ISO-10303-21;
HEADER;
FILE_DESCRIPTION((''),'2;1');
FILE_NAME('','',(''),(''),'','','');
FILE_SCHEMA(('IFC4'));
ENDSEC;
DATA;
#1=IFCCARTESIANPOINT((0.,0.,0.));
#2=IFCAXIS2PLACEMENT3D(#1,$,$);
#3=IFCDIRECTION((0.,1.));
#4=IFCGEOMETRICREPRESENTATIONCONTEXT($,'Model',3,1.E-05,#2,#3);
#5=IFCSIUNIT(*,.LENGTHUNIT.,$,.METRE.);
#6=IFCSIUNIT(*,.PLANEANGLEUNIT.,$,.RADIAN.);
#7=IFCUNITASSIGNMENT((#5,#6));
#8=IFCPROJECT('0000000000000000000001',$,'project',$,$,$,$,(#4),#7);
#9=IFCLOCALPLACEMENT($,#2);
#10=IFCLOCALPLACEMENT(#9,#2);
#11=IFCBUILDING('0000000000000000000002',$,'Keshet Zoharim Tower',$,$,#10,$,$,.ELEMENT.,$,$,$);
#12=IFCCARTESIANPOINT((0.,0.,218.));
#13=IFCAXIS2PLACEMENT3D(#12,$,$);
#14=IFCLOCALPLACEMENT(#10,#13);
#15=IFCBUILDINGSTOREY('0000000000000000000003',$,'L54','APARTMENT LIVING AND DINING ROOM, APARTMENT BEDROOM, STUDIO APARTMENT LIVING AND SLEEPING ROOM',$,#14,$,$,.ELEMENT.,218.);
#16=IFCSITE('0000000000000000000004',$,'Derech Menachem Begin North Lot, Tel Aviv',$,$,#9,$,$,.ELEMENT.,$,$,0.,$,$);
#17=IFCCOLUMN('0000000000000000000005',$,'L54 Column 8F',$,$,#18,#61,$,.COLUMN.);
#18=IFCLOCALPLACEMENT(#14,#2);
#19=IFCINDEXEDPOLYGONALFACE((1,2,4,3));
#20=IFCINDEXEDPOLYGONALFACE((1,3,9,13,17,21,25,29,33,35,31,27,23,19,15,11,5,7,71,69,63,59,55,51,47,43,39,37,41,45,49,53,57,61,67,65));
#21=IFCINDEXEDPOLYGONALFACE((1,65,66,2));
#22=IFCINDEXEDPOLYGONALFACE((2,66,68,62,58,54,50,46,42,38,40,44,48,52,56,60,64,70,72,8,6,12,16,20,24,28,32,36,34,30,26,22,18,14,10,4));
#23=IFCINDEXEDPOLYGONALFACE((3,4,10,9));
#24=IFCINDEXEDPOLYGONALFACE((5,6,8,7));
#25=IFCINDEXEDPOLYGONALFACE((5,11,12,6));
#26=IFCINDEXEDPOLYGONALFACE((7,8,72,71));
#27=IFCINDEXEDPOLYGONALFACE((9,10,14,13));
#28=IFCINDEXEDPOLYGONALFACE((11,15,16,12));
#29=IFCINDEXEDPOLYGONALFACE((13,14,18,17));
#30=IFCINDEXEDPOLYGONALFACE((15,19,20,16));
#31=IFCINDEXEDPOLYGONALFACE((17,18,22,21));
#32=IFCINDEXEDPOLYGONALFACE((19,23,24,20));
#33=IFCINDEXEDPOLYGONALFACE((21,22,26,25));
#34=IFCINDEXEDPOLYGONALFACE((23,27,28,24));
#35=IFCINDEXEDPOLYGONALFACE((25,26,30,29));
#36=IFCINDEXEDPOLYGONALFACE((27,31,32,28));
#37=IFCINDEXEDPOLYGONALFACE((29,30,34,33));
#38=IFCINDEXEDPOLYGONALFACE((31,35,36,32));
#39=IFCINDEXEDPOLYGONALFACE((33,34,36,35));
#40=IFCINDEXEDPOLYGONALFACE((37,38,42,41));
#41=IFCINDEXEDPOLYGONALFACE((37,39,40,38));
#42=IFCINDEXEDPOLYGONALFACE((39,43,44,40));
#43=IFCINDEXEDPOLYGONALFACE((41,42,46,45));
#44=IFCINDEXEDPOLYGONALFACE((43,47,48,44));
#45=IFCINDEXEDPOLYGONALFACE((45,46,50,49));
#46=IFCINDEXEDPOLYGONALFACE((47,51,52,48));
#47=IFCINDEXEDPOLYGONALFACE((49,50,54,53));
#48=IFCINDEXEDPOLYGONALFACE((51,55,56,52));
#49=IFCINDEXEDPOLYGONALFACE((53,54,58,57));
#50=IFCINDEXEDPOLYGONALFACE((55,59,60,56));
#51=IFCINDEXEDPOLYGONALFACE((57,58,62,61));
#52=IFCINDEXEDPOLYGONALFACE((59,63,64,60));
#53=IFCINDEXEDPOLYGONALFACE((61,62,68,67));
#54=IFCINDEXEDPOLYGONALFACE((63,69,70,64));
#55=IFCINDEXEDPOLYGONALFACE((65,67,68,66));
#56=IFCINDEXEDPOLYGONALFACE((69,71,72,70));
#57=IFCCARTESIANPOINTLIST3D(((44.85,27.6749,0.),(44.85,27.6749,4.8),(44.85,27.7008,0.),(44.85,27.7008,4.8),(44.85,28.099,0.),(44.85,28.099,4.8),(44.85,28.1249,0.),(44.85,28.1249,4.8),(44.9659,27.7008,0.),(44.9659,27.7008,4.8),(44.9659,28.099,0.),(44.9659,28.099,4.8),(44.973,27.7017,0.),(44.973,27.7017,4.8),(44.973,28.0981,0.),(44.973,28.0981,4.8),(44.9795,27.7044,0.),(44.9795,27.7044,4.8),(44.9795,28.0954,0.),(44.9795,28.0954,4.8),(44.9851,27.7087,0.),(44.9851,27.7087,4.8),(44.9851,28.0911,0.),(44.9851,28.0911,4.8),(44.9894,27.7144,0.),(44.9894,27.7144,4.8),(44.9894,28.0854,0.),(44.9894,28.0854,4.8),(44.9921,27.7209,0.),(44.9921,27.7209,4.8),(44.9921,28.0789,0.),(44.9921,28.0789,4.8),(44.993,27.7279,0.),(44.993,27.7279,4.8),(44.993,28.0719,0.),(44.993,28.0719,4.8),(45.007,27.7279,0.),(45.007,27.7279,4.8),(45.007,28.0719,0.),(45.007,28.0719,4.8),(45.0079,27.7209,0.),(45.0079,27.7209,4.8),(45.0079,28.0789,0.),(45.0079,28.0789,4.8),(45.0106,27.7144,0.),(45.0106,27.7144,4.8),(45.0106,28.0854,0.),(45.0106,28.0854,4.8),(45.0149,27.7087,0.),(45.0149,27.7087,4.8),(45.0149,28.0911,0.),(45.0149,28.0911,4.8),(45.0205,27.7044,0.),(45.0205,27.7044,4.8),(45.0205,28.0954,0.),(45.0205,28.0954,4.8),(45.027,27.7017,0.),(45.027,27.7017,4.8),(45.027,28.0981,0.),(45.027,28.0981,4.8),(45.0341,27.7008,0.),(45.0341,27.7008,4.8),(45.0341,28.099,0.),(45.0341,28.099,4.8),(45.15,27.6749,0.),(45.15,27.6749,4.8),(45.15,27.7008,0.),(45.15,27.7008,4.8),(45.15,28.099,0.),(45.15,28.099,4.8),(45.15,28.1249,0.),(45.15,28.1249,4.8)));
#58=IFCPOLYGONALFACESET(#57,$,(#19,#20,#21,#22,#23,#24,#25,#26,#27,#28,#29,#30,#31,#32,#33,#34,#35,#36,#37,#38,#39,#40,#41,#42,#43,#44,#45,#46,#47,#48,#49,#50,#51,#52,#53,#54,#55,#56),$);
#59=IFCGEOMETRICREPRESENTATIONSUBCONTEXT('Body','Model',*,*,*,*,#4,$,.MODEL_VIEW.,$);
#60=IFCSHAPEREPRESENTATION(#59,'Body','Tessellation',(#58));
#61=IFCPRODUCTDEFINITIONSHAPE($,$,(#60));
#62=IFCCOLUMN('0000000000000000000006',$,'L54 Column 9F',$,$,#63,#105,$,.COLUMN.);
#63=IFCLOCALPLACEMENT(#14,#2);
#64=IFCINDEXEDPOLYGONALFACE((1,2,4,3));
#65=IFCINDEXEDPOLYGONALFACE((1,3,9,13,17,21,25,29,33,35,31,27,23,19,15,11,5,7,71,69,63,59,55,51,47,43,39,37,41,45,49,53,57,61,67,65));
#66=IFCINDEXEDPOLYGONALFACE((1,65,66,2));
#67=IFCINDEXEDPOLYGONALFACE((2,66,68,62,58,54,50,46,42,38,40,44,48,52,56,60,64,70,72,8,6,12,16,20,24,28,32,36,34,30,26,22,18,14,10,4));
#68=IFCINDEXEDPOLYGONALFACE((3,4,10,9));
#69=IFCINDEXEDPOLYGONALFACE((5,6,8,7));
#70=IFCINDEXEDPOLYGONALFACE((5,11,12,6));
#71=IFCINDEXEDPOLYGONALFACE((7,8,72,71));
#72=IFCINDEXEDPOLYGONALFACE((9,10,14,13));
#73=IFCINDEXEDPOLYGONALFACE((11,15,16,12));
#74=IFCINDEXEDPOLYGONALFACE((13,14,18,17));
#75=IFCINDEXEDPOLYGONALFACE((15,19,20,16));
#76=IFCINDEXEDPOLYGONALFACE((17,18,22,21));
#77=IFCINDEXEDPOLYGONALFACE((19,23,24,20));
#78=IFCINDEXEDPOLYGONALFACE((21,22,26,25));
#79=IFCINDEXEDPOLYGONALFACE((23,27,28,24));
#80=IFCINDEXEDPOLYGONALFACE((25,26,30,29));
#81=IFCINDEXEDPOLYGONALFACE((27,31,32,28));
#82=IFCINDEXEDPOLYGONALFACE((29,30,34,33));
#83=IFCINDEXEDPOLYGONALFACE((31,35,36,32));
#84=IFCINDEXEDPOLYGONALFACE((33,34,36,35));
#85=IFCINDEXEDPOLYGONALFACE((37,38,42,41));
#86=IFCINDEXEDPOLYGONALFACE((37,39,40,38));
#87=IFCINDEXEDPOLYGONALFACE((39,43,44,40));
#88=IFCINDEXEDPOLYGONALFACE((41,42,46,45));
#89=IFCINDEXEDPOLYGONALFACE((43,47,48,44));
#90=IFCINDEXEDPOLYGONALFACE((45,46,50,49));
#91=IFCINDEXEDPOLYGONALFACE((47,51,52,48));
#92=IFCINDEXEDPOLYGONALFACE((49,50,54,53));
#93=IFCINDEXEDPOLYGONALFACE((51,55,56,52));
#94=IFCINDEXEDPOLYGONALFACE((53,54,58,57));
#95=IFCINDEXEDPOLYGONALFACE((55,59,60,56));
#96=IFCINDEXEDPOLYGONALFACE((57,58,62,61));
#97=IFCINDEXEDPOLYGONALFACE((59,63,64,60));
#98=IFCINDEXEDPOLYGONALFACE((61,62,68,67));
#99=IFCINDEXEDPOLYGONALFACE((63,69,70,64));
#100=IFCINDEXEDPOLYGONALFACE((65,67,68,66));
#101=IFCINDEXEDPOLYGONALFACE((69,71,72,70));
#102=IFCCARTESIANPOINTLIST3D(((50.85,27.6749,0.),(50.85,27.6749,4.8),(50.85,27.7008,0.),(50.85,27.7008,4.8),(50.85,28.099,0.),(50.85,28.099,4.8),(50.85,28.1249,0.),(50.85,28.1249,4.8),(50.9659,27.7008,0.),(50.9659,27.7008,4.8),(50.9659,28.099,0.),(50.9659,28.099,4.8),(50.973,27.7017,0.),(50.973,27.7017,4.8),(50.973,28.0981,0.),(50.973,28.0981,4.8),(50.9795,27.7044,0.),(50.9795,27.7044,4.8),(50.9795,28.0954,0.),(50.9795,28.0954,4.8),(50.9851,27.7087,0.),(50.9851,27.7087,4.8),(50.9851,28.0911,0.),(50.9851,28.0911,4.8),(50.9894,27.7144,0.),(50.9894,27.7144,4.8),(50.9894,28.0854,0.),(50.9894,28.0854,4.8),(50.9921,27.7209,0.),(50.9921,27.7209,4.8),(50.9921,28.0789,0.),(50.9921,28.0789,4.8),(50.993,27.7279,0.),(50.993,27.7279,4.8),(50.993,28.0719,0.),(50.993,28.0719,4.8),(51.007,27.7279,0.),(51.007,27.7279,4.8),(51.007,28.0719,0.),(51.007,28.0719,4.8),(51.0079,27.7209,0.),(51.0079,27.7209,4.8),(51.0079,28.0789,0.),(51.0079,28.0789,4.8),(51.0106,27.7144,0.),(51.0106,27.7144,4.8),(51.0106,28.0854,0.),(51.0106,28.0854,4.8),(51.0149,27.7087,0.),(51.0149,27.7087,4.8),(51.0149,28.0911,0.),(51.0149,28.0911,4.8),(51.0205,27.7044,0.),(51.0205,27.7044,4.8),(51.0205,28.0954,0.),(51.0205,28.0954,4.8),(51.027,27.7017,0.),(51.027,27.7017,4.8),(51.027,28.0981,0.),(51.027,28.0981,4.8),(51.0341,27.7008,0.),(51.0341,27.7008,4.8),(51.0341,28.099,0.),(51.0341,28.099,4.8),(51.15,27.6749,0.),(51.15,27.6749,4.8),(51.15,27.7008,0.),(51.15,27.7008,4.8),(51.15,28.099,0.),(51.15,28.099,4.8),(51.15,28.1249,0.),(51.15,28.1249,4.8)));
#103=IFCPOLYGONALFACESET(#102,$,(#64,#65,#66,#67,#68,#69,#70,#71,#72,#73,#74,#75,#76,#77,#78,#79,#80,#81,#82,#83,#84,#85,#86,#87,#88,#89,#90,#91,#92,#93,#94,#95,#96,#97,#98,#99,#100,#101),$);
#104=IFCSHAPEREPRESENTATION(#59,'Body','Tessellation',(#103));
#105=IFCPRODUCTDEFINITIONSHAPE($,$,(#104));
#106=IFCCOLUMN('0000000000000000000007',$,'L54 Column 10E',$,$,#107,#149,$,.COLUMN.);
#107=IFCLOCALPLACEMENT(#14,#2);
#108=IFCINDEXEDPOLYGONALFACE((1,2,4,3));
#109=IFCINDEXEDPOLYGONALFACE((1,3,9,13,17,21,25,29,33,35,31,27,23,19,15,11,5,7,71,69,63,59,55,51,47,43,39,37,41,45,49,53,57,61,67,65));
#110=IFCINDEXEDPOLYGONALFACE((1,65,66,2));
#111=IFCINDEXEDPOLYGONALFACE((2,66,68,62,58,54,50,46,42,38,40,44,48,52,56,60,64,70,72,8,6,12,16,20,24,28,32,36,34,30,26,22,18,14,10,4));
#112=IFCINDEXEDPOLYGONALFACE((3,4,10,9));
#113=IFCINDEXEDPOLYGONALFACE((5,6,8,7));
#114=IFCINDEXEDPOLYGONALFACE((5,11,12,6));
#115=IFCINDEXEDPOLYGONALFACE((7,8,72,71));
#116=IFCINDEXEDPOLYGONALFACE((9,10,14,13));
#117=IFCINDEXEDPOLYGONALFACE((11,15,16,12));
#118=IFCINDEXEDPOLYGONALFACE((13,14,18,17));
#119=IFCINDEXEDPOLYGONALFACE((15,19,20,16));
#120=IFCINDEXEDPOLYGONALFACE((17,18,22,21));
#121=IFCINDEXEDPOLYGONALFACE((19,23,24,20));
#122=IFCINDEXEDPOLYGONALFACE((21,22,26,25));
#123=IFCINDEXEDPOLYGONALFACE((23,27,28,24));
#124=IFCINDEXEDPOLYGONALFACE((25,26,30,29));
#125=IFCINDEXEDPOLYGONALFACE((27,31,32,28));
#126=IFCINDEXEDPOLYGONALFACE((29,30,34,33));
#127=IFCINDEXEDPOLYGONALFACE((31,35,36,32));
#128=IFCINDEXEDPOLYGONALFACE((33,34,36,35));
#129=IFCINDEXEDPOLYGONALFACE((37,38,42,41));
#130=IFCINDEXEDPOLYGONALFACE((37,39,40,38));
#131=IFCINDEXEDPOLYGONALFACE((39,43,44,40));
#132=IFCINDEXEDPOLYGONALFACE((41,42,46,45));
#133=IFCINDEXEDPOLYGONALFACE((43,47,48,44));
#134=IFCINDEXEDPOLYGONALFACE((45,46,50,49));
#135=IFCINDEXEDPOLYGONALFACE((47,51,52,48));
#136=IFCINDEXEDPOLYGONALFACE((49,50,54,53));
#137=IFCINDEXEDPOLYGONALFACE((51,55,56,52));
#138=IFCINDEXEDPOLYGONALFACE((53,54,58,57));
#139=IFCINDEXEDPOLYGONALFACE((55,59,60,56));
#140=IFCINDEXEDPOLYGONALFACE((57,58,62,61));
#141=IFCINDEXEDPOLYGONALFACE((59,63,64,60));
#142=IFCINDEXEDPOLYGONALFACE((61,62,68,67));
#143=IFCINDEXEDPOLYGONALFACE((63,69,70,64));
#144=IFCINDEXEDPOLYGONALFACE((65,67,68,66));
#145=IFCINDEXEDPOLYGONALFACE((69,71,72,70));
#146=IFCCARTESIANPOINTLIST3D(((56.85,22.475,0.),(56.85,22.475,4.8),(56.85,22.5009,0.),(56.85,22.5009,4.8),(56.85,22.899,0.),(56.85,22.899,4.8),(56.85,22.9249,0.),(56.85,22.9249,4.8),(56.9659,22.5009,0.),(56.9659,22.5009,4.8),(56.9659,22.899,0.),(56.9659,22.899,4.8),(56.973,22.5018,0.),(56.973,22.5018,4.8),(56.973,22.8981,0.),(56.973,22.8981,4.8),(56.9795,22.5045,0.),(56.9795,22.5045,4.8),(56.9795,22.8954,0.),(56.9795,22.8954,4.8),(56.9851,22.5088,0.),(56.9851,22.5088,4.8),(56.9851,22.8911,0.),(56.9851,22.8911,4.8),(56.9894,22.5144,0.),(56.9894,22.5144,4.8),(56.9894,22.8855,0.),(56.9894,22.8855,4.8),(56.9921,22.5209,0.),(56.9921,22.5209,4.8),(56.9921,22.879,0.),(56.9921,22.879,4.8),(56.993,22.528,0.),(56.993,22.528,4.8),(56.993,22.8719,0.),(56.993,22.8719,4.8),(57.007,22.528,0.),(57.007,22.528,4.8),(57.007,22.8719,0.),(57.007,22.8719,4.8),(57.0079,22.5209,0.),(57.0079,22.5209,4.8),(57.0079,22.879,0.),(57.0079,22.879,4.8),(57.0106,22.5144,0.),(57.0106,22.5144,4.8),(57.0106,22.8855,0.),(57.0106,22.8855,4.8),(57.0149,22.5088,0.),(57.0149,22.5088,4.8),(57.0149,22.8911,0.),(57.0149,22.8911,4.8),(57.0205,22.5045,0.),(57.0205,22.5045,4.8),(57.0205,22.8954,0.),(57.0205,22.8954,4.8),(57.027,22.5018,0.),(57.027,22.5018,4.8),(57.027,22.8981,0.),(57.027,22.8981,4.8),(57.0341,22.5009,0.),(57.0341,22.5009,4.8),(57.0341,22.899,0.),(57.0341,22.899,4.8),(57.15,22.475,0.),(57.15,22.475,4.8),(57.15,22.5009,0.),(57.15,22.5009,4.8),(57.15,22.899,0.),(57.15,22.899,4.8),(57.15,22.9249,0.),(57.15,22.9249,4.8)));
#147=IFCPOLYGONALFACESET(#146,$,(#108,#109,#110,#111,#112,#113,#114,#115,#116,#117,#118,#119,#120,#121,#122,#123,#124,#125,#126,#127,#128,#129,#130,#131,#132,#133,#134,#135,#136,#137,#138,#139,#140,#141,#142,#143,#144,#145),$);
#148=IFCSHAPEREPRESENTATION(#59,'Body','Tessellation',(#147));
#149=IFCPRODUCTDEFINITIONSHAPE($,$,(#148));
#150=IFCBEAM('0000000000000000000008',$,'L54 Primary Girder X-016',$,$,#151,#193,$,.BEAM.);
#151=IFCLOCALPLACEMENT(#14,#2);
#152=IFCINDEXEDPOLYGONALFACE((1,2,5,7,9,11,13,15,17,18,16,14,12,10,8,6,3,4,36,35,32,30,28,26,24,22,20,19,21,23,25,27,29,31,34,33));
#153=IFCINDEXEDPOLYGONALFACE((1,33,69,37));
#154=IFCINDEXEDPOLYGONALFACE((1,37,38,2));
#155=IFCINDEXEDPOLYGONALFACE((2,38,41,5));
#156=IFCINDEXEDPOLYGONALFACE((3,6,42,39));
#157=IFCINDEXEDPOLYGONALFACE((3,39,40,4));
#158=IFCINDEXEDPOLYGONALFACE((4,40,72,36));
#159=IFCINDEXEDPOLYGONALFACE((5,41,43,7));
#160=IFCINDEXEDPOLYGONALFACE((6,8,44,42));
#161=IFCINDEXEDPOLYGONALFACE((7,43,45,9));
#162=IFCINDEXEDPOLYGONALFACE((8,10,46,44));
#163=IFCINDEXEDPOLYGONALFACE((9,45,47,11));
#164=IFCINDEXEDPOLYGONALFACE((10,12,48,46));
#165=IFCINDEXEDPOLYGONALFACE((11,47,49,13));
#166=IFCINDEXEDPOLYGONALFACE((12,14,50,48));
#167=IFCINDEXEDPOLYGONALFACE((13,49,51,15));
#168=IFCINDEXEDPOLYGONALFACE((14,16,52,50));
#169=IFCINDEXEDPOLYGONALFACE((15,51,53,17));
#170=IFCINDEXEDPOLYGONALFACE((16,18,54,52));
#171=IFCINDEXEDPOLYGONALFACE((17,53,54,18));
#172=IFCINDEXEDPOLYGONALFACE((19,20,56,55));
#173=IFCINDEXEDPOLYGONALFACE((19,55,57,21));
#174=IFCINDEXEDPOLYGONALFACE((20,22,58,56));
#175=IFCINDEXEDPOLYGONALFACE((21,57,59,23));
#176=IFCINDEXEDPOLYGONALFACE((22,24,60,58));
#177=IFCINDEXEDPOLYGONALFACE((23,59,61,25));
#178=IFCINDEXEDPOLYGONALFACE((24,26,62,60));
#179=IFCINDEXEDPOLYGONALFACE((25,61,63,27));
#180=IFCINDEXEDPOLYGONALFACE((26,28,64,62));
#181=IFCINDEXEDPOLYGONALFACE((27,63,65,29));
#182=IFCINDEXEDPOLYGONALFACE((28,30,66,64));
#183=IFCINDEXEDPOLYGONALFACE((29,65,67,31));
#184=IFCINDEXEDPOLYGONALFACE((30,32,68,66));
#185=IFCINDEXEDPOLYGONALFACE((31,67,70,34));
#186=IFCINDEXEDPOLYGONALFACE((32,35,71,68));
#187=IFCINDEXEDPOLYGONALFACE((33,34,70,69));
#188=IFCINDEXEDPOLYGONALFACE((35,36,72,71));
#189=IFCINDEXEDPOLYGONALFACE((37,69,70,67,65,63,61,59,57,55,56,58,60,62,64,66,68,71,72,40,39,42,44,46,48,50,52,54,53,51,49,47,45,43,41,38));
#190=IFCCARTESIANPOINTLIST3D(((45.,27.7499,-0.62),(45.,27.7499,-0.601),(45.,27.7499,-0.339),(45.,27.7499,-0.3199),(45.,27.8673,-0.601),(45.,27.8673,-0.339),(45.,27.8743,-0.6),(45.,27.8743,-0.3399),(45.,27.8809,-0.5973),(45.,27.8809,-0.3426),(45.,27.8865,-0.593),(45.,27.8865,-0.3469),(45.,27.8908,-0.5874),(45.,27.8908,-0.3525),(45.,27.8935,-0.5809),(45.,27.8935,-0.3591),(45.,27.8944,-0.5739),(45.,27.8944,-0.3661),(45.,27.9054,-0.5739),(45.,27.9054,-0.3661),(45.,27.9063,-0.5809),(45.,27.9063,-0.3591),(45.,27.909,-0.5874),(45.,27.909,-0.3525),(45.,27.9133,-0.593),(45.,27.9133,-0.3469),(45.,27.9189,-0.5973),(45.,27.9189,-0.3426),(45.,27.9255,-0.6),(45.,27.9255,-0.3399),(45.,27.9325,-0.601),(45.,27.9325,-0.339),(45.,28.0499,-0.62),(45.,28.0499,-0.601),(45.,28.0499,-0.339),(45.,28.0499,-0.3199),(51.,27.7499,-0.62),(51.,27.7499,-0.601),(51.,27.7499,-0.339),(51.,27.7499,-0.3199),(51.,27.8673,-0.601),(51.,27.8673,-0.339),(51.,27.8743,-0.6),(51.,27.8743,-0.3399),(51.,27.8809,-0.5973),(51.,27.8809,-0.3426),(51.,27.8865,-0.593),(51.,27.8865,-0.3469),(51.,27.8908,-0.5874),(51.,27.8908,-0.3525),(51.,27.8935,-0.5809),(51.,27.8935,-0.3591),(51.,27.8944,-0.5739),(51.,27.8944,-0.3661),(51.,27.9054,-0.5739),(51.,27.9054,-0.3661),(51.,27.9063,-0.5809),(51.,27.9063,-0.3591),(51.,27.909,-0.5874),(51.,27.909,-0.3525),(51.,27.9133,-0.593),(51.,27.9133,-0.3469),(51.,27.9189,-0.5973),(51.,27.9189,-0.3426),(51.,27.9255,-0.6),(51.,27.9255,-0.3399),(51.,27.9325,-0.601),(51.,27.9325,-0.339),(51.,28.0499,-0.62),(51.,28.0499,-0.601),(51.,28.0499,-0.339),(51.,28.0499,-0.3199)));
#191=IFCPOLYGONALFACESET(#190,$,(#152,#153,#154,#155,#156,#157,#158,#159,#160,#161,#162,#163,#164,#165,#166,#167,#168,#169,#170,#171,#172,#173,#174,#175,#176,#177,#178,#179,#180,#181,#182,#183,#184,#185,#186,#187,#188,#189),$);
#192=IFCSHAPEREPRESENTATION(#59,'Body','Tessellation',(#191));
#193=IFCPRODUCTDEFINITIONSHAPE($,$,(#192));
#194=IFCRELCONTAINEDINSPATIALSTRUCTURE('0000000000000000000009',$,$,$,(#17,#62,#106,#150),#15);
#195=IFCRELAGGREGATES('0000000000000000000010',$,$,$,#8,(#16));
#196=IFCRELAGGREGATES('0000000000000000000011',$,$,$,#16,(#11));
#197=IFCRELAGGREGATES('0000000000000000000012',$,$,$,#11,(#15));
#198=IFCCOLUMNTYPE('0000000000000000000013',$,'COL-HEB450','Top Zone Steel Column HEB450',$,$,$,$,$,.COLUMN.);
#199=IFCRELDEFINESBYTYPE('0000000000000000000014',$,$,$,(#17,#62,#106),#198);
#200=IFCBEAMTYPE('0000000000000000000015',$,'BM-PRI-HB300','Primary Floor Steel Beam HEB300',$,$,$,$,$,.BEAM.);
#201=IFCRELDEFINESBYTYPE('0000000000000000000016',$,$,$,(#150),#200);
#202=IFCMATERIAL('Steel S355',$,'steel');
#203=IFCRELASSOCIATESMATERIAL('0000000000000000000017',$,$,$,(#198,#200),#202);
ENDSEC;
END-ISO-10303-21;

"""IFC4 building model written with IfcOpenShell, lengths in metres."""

from ifc_helpers import new_model, si_unit, direction, frame, origin, origin_2d, place, context, subcontext, project, spatial, i_section, extrude, material, material_profile, profile_set, type_object, element, save


model = new_model("IFC4")

# Units and contexts
model_context = context("Model", 3, precision=1e-05, world=origin(), true_north=direction((0.0, 1.0)))
body_context = subcontext(model_context, "Body", "Model", "MODEL_VIEW")
ifc_project = project(units=[si_unit("LENGTHUNIT", "METRE"), si_unit("PLANEANGLEUNIT", "RADIAN")], contexts=[model_context])

# Site, building, storey
site_placement = place(None, origin())
site = spatial("IfcSite", under=ifc_project, at=site_placement, Name="Derech Menachem Begin North Lot, Tel Aviv", CompositionType="ELEMENT", RefElevation=0.0)
building_placement = place(site_placement, origin())
building = spatial("IfcBuilding", under=site, at=building_placement, Name="Keshet Zoharim Tower", CompositionType="ELEMENT")
storey_placement = place(building_placement, frame((0.0, 0.0, 218.0)))
storey = spatial("IfcBuildingStorey", under=building, at=storey_placement, Name="L54", Description="APARTMENT LIVING AND DINING ROOM, APARTMENT BEDROOM, STUDIO APARTMENT LIVING AND SLEEPING ROOM", CompositionType="ELEMENT", Elevation=218.0)

# Columns
ifc_material_1 = material(Name="Steel S355", Category="steel")
ifc_material_profile_1 = material_profile(ifc_material_1, i_section(OverallWidth=0.3, OverallDepth=0.45, WebThickness=0.0139, FlangeThickness=0.0259, FilletRadius=0.0271, at=origin_2d()), Name="HEB450")
ifc_profile_set_1 = profile_set([ifc_material_profile_1], Name="Steel S355")
column_type = type_object("IfcColumnType", Name="COL-HEB450", Description="Top Zone Steel Column HEB450", PredefinedType="COLUMN", material=ifc_profile_set_1)
for number, where, z_axis, x_axis, name in (
    (1, (45.0, 27.8999, 0.0), (0.0, 0.0, 1.0), (1.0, 0.0, 0.0), "L54 Column 8F"),
    (2, (51.0, 27.8999, 0.0), (0.0, 0.0, 1.0), (1.0, 0.0, 0.0), "L54 Column 9F"),
    (3, (57.0, 22.7, 0.0), (0.0, 0.0, 1.0), (1.0, 0.0, 0.0), "L54 Column 10E"),
):
    element("IfcColumn", number, at=place(storey_placement, frame(where, z_axis=z_axis, x_axis=x_axis)), inside=storey, type_object=column_type, Name=name, PredefinedType="COLUMN", context=body_context, shape_type="SweptSolid", body=[
        extrude(i_section(OverallWidth=0.3, OverallDepth=0.45, WebThickness=0.0139, FlangeThickness=0.0259, FilletRadius=0.0271, at=origin_2d()), origin(), (0.0, 0.0, 1.0), 4.8),
    ])

# Beam
ifc_material_profile_2 = material_profile(ifc_material_1, i_section(OverallWidth=0.3, OverallDepth=0.3, WebThickness=0.011, FlangeThickness=0.019, FilletRadius=0.0271, at=origin_2d()), Name="HEB300")
ifc_profile_set_2 = profile_set([ifc_material_profile_2], Name="Steel S355")
beam_type = type_object("IfcBeamType", Name="BM-PRI-HB300", Description="Primary Floor Steel Beam HEB300", PredefinedType="BEAM", material=ifc_profile_set_2)
beam_placement = place(storey_placement, frame((45.0, 27.8999, -0.47), z_axis=(1.0, 0.0, 0.0), x_axis=(0.0, 1.0, 0.0)))
element("IfcBeam", 4, at=beam_placement, inside=storey, type_object=beam_type, Name="L54 Primary Girder X-016", PredefinedType="BEAM", context=body_context, shape_type="SweptSolid", body=[
    extrude(i_section(OverallWidth=0.3, OverallDepth=0.3, WebThickness=0.011, FlangeThickness=0.019, FilletRadius=0.0271, at=origin_2d()), origin(), (0.0, 0.0, 1.0), 6.0),
])

save(model, "model.ifc")
